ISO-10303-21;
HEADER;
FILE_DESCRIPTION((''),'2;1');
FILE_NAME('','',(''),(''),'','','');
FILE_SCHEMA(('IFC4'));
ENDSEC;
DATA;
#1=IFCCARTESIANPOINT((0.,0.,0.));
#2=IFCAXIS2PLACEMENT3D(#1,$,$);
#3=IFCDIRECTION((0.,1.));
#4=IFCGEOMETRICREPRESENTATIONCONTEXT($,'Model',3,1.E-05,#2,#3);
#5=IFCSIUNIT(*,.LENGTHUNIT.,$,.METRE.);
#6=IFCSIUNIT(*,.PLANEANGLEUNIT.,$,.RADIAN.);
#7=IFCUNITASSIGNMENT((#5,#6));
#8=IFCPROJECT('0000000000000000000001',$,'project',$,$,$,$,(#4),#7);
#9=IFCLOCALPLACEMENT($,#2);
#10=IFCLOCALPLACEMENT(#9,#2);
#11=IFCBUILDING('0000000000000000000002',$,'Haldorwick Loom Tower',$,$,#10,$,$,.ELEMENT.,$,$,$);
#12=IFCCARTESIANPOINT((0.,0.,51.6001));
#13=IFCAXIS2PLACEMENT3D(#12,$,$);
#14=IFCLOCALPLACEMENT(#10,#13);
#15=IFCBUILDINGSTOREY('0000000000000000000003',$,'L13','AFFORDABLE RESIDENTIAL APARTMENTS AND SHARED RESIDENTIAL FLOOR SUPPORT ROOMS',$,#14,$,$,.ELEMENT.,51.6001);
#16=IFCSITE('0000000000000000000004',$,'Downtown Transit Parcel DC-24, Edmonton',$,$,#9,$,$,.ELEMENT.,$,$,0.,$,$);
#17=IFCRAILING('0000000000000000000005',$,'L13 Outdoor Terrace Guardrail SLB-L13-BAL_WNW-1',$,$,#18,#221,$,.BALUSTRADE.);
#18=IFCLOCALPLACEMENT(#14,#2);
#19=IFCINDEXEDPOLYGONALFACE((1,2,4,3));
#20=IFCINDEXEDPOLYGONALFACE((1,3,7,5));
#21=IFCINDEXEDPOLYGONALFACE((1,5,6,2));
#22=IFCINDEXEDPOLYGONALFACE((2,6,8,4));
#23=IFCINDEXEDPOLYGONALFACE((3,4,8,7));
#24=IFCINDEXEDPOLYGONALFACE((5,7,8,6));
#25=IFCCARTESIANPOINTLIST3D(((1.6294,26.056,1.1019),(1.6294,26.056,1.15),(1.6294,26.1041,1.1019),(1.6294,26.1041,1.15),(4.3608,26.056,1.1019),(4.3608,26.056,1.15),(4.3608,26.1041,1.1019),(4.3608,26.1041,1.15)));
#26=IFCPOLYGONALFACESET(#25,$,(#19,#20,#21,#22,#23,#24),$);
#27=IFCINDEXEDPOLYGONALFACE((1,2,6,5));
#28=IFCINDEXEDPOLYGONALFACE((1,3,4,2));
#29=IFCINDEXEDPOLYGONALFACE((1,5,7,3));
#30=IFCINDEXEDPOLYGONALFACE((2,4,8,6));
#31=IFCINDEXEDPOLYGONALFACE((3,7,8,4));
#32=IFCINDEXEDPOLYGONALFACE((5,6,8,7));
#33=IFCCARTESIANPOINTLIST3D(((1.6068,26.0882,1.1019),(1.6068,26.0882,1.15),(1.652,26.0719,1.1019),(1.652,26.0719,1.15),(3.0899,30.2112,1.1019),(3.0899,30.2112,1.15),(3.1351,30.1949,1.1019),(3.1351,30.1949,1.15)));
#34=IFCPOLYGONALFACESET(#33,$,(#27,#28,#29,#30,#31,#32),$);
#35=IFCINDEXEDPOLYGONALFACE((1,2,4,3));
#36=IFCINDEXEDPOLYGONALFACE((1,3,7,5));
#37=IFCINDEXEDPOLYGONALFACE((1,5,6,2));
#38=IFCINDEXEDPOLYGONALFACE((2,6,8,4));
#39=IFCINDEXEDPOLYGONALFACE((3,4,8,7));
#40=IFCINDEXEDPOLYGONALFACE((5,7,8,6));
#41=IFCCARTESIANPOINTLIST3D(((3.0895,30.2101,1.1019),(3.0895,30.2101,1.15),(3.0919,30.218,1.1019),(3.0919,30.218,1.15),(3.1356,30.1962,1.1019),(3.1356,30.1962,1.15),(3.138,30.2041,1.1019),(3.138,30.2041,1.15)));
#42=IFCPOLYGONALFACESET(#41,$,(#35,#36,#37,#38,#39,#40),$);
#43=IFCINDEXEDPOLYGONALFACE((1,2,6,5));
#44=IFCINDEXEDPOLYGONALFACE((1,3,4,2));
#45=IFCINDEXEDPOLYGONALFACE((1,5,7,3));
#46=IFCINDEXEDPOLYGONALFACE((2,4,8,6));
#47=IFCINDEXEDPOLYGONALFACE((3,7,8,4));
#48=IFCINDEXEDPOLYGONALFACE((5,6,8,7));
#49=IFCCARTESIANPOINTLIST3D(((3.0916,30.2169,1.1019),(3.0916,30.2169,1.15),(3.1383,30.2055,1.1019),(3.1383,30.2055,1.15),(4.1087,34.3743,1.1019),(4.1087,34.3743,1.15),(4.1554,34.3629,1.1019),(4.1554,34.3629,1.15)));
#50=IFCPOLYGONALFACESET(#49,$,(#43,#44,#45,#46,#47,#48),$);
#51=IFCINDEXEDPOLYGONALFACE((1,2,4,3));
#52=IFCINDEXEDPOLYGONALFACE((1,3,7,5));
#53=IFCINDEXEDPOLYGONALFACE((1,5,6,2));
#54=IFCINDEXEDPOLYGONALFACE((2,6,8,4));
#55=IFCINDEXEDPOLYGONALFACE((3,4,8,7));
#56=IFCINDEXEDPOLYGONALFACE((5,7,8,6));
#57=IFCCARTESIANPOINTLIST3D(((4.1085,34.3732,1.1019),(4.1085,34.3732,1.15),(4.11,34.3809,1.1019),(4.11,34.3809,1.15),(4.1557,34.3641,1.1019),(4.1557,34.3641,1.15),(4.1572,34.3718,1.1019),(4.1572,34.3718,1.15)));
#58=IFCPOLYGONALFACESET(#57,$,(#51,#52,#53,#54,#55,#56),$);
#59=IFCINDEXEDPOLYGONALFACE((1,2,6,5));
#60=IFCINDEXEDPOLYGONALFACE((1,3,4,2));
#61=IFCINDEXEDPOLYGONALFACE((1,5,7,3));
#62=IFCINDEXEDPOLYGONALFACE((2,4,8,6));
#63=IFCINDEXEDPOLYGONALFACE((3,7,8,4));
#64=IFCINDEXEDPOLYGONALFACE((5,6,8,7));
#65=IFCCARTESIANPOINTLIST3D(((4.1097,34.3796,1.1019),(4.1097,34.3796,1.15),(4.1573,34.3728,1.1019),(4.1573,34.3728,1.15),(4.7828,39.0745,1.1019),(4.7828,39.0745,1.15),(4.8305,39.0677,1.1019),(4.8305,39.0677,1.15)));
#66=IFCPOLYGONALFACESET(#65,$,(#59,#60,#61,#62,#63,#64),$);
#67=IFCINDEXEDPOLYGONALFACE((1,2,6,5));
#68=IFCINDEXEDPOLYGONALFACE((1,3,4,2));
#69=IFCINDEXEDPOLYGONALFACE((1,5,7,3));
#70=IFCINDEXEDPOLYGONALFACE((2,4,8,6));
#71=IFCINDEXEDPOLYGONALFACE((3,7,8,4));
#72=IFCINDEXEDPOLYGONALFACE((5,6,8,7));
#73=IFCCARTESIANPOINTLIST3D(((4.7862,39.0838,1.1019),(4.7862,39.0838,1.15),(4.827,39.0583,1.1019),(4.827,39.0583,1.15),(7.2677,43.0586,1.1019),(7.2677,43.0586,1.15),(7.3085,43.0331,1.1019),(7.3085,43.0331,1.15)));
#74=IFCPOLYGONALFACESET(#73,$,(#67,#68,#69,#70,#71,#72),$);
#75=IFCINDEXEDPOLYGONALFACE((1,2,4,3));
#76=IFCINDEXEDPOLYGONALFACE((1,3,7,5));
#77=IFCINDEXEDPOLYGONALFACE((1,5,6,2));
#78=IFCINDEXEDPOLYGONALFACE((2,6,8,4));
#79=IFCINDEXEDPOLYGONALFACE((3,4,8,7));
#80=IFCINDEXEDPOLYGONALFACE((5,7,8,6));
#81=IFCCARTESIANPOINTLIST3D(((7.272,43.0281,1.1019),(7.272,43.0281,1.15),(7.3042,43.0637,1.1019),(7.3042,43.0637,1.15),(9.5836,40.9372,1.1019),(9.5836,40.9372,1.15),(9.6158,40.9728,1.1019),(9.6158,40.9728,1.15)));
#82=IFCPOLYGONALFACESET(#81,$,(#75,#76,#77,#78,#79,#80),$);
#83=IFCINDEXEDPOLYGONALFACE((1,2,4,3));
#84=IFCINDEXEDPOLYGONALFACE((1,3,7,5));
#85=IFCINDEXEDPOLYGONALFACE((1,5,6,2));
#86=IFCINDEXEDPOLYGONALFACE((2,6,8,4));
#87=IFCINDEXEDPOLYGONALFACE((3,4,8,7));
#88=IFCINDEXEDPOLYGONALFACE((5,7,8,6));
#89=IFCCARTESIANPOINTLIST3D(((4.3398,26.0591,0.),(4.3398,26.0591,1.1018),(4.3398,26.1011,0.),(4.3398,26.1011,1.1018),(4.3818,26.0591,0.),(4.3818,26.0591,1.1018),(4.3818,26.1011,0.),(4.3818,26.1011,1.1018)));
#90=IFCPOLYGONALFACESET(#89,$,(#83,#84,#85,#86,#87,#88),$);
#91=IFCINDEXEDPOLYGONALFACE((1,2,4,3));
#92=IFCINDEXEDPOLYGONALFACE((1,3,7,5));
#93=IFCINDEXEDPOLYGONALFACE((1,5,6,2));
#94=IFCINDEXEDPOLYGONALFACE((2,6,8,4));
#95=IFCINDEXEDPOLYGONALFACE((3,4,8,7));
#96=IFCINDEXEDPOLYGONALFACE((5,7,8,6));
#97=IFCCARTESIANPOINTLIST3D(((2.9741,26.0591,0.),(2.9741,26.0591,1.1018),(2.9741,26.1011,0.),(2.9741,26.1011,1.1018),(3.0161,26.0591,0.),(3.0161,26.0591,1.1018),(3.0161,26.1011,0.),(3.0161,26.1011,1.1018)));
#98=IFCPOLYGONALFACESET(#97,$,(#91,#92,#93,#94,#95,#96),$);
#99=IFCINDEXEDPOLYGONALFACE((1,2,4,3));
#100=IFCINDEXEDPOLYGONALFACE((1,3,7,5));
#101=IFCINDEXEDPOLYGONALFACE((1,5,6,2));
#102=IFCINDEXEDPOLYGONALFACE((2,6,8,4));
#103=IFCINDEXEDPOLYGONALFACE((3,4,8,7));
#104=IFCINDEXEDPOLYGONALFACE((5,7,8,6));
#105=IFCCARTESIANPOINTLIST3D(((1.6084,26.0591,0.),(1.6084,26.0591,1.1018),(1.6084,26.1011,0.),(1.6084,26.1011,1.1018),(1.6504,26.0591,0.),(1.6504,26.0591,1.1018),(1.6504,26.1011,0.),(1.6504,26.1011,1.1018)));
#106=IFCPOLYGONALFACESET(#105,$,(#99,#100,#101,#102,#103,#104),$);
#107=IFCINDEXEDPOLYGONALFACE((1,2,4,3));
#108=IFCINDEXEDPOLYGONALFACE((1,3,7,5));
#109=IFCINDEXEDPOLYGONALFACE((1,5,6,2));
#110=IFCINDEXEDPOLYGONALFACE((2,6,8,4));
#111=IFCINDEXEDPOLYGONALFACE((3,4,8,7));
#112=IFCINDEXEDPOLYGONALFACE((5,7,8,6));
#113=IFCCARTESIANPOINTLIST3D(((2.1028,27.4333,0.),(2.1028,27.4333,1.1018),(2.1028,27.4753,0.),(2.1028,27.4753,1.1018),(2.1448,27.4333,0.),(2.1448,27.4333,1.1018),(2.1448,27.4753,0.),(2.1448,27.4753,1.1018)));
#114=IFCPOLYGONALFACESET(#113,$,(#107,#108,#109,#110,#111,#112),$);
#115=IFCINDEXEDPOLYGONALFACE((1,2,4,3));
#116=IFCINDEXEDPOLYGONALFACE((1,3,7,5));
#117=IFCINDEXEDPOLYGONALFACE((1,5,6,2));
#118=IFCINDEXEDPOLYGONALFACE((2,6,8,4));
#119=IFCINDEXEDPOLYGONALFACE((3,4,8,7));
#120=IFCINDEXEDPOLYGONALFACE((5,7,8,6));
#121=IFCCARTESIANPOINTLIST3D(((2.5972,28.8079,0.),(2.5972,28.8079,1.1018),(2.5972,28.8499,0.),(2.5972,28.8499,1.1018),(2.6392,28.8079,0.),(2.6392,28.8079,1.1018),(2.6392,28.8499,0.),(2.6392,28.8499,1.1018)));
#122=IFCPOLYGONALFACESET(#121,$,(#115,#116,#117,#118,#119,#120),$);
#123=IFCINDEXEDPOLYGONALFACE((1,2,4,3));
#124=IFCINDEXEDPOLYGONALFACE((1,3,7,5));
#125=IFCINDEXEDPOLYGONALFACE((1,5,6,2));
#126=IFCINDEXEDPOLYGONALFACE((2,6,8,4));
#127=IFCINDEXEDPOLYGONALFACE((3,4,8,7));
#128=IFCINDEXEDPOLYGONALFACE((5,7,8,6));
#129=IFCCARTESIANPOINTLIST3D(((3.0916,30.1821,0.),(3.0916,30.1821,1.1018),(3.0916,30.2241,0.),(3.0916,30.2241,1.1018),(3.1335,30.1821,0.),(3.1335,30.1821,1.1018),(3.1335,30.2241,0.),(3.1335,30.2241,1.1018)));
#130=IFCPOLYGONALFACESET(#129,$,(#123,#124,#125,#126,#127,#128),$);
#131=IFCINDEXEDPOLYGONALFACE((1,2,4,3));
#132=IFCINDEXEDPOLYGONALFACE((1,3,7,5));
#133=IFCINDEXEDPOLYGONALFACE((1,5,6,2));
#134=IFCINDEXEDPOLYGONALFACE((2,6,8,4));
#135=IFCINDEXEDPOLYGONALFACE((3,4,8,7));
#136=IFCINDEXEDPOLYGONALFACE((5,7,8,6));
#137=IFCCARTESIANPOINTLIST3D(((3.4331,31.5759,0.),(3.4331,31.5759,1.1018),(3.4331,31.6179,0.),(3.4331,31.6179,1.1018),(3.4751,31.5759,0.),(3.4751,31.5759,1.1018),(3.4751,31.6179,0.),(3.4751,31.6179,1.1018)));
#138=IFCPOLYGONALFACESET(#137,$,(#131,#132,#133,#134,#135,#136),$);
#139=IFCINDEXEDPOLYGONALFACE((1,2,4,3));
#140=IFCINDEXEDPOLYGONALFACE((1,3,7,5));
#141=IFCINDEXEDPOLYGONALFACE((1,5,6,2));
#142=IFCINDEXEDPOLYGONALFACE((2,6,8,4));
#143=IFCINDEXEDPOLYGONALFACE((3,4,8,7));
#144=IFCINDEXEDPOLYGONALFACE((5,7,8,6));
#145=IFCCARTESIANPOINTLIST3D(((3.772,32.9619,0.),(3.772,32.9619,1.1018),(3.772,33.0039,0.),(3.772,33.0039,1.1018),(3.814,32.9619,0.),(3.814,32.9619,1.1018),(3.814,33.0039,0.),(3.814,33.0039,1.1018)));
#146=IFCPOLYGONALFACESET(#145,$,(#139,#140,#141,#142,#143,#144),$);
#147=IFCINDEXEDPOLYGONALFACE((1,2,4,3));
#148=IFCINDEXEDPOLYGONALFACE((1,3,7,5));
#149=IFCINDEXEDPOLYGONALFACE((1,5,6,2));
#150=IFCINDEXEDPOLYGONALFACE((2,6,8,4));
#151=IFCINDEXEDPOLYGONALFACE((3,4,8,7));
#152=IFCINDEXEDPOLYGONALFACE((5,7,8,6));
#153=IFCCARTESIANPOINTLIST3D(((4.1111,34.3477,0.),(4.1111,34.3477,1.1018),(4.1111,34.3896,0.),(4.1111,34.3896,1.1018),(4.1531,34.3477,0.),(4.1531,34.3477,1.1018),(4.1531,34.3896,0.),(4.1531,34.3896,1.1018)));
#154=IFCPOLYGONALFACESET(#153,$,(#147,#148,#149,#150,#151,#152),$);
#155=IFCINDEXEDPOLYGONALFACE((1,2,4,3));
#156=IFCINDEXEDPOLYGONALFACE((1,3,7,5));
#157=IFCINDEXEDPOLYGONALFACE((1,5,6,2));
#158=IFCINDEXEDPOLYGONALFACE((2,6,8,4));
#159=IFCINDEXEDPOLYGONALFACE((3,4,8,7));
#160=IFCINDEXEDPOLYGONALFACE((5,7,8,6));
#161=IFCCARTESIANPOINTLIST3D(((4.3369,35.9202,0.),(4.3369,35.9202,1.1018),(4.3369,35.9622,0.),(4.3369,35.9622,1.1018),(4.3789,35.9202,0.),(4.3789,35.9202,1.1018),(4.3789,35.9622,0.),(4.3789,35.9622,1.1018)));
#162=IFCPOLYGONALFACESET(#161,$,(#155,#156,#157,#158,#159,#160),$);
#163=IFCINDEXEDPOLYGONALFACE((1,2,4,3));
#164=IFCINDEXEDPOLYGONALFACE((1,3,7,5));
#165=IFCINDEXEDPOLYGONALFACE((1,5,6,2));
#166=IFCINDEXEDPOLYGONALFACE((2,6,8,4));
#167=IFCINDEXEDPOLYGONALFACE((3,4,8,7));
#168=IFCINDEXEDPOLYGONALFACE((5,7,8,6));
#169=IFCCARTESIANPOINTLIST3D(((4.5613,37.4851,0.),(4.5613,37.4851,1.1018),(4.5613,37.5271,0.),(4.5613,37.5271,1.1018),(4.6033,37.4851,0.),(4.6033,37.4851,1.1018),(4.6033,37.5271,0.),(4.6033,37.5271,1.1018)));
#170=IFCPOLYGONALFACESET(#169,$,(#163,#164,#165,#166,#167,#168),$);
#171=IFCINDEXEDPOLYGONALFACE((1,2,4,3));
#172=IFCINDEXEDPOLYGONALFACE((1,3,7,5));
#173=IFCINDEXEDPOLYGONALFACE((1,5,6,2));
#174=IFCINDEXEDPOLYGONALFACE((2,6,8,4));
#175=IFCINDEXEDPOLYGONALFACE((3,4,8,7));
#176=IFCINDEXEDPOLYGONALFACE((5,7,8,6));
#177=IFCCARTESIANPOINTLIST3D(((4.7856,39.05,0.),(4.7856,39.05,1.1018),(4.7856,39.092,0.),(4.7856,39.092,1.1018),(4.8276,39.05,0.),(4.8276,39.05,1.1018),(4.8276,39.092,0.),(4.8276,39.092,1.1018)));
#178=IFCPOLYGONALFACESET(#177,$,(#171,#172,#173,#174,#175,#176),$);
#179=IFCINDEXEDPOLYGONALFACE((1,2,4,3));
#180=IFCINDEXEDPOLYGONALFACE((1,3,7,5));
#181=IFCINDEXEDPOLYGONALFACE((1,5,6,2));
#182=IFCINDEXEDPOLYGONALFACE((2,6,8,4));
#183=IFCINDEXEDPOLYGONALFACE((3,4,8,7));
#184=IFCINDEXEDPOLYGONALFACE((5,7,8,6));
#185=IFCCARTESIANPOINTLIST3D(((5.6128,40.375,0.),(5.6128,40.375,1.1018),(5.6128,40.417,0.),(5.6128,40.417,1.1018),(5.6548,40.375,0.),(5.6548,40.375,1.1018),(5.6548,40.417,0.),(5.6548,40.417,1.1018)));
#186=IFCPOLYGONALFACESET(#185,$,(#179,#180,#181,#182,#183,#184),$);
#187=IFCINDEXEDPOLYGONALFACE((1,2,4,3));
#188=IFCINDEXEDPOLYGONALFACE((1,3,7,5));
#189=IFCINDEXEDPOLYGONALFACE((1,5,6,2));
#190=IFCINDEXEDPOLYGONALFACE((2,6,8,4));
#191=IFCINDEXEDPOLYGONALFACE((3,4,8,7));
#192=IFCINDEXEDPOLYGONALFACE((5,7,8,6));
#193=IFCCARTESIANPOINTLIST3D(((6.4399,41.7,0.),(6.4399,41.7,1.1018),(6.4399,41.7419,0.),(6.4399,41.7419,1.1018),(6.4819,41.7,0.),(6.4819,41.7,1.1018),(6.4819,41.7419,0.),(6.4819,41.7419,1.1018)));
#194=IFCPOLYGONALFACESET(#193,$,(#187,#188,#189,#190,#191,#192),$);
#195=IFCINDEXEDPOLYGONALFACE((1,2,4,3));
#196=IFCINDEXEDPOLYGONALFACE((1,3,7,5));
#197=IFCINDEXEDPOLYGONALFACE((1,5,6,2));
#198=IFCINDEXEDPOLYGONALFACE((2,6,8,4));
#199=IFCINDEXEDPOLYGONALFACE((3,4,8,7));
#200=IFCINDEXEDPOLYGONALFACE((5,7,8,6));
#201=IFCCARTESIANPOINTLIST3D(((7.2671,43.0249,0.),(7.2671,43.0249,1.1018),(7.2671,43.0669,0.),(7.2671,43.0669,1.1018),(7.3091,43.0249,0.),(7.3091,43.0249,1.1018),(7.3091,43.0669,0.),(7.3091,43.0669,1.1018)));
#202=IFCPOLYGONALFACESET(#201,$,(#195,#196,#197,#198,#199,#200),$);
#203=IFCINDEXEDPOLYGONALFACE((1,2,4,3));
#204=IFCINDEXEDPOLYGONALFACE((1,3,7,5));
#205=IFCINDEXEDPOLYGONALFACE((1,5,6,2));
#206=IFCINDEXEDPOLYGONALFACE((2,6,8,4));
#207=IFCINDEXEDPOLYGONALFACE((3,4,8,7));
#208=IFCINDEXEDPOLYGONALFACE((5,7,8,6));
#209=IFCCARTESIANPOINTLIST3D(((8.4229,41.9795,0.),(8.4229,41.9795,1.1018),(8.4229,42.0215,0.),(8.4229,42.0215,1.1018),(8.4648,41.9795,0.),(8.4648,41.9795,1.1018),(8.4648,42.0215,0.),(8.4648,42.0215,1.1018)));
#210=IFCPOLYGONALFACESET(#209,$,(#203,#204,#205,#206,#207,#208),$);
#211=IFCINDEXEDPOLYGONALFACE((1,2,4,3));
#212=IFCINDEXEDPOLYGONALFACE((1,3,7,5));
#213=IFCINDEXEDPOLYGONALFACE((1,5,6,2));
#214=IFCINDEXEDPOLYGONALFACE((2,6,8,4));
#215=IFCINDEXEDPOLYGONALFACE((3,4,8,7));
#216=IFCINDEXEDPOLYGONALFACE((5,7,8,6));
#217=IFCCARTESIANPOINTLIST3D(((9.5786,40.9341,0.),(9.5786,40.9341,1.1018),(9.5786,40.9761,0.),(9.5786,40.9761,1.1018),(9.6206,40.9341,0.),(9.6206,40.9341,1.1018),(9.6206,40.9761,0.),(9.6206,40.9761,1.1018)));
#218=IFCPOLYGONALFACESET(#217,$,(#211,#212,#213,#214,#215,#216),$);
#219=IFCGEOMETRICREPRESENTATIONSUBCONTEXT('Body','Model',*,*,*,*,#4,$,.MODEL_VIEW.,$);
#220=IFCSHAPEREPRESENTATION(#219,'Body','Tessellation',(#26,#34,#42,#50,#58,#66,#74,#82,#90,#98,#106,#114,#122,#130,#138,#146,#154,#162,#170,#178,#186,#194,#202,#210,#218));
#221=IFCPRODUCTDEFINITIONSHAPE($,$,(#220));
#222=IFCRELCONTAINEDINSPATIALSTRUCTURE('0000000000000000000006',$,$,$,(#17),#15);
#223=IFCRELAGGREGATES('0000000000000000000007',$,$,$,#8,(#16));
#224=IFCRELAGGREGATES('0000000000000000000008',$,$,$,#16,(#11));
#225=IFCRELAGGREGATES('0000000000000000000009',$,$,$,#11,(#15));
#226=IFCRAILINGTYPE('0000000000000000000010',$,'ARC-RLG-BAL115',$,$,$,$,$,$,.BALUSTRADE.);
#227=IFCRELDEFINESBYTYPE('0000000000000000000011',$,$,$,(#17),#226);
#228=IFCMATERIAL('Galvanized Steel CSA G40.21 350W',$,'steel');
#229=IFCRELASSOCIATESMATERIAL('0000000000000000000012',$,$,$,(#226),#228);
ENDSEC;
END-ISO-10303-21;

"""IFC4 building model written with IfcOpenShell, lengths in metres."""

from ifc_helpers import new_model, si_unit, direction, frame, origin, origin_2d, place, context, subcontext, project, spatial, rectangle, extrude, material, type_object, element, save


model = new_model("IFC4")

# Units and contexts
model_context = context("Model", 3, precision=1e-05, world=origin(), true_north=direction((0.0, 1.0)))
body_context = subcontext(model_context, "Body", "Model", "MODEL_VIEW")
ifc_project = project(units=[si_unit("LENGTHUNIT", "METRE"), si_unit("PLANEANGLEUNIT", "RADIAN")], contexts=[model_context])

# Site, building, storey
site_placement = place(None, origin())
site = spatial("IfcSite", under=ifc_project, at=site_placement, Name="Downtown Transit Parcel DC-24, Edmonton", CompositionType="ELEMENT", RefElevation=0.0)
building_placement = place(site_placement, origin())
building = spatial("IfcBuilding", under=site, at=building_placement, Name="Haldorwick Loom Tower", CompositionType="ELEMENT")
storey_placement = place(building_placement, frame((0.0, 0.0, 51.6001)))
storey = spatial("IfcBuildingStorey", under=building, at=storey_placement, Name="L13", Description="AFFORDABLE RESIDENTIAL APARTMENTS AND SHARED RESIDENTIAL FLOOR SUPPORT ROOMS", CompositionType="ELEMENT", Elevation=51.6001)

# Railing
ifc_material_1 = material(Name="Galvanized Steel CSA G40.21 350W", Category="steel")
railing_type = type_object("IfcRailingType", Name="ARC-RLG-BAL115", PredefinedType="BALUSTRADE", material=ifc_material_1)
railing_placement = place(storey_placement, frame((4.3608, 26.0801, 0.0)))
element("IfcRailing", 1, at=railing_placement, inside=storey, type_object=railing_type, Name="L13 Outdoor Terrace Guardrail SLB-L13-BAL_WNW-1", PredefinedType="BALUSTRADE", context=body_context, shape_type="SweptSolid", body=[
    extrude(rectangle(XDim=0.0481, YDim=0.0481, at=origin_2d()), frame((0.0, 0.0, 1.126), z_axis=(-1.0, 0.0, 0.0), x_axis=(0.0, -1.0, 0.0)), (0.0, 0.0, 1.0), 2.7314),
    extrude(rectangle(XDim=0.0481, YDim=0.0481, at=origin_2d()), frame((-2.7314, 0.0, 1.126), z_axis=(0.338489, 0.94097, 0.0), x_axis=(-0.94097, 0.338489, 0.0)), (0.0, 0.0, 1.0), 4.3816),
    extrude(rectangle(XDim=0.0481, YDim=0.0481, at=origin_2d()), frame((-1.2483, 4.123, 1.126), z_axis=(0.290007, 0.957024, 0.0), x_axis=(-0.957024, 0.290007, 0.0)), (0.0, 0.0, 1.0), 0.0083),
    extrude(rectangle(XDim=0.0481, YDim=0.0481, at=origin_2d()), frame((-1.2458, 4.1311, 1.126), z_axis=(0.237634, 0.971355, 0.0), x_axis=(-0.971355, 0.237634, 0.0)), (0.0, 0.0, 1.0), 4.28),
    extrude(rectangle(XDim=0.0481, YDim=0.0481, at=origin_2d()), frame((-0.2288, 8.2886, 1.126), z_axis=(0.190022, 0.98178, 0.0), x_axis=(-0.98178, 0.190022, 0.0)), (0.0, 0.0, 1.0), 0.0078),
    extrude(rectangle(XDim=0.0481, YDim=0.0481, at=origin_2d()), frame((-0.2273, 8.2961, 1.126), z_axis=(0.141919, 0.989878, 0.0), x_axis=(-0.989878, 0.141919, 0.0)), (0.0, 0.0, 1.0), 4.7429),
    extrude(rectangle(XDim=0.0481, YDim=0.0481, at=origin_2d()), frame((0.4458, 12.991, 1.126), z_axis=(0.529563, 0.84827, 0.0), x_axis=(-0.84827, 0.529563, 0.0)), (0.0, 0.0, 1.0), 4.6858),
    extrude(rectangle(XDim=0.0481, YDim=0.0481, at=origin_2d()), frame((2.9272, 16.9658, 1.126), z_axis=(0.741625, -0.670815, 0.0), x_axis=(0.670815, 0.741625, 0.0)), (0.0, 0.0, 1.0), 3.1169),
    extrude(rectangle(XDim=0.042, YDim=0.042, at=origin_2d()), origin(), (0.0, 0.0, 1.0), 1.1018),
    extrude(rectangle(XDim=0.042, YDim=0.042, at=origin_2d()), frame((-1.3657, 0.0, 0.0)), (0.0, 0.0, 1.0), 1.1018),
    extrude(rectangle(XDim=0.042, YDim=0.042, at=origin_2d()), frame((-2.7314, 0.0, 0.0)), (0.0, 0.0, 1.0), 1.1018),
    extrude(rectangle(XDim=0.042, YDim=0.042, at=origin_2d()), frame((-2.2371, 1.3743, 0.0)), (0.0, 0.0, 1.0), 1.1018),
    extrude(rectangle(XDim=0.042, YDim=0.042, at=origin_2d()), frame((-1.7427, 2.7488, 0.0)), (0.0, 0.0, 1.0), 1.1018),
    extrude(rectangle(XDim=0.042, YDim=0.042, at=origin_2d()), frame((-1.2483, 4.123, 0.0)), (0.0, 0.0, 1.0), 1.1018),
    extrude(rectangle(XDim=0.042, YDim=0.042, at=origin_2d()), frame((-0.9067, 5.5168, 0.0)), (0.0, 0.0, 1.0), 1.1018),
    extrude(rectangle(XDim=0.042, YDim=0.042, at=origin_2d()), frame((-0.5679, 6.9028, 0.0)), (0.0, 0.0, 1.0), 1.1018),
    extrude(rectangle(XDim=0.042, YDim=0.042, at=origin_2d()), frame((-0.2288, 8.2886, 0.0)), (0.0, 0.0, 1.0), 1.1018),
    extrude(rectangle(XDim=0.042, YDim=0.042, at=origin_2d()), frame((-0.0029, 9.8611, 0.0)), (0.0, 0.0, 1.0), 1.1018),
    extrude(rectangle(XDim=0.042, YDim=0.042, at=origin_2d()), frame((0.2214, 11.426, 0.0)), (0.0, 0.0, 1.0), 1.1018),
    extrude(rectangle(XDim=0.042, YDim=0.042, at=origin_2d()), frame((0.4458, 12.991, 0.0)), (0.0, 0.0, 1.0), 1.1018),
    extrude(rectangle(XDim=0.042, YDim=0.042, at=origin_2d()), frame((1.2729, 14.3159, 0.0)), (0.0, 0.0, 1.0), 1.1018),
    extrude(rectangle(XDim=0.042, YDim=0.042, at=origin_2d()), frame((2.1001, 15.6409, 0.0)), (0.0, 0.0, 1.0), 1.1018),
    extrude(rectangle(XDim=0.042, YDim=0.042, at=origin_2d()), frame((2.9272, 16.9658, 0.0)), (0.0, 0.0, 1.0), 1.1018),
    extrude(rectangle(XDim=0.042, YDim=0.042, at=origin_2d()), frame((4.083, 15.9204, 0.0)), (0.0, 0.0, 1.0), 1.1018),
    extrude(rectangle(XDim=0.042, YDim=0.042, at=origin_2d()), frame((5.2388, 14.875, 0.0)), (0.0, 0.0, 1.0), 1.1018),
])

save(model, "model.ifc")
